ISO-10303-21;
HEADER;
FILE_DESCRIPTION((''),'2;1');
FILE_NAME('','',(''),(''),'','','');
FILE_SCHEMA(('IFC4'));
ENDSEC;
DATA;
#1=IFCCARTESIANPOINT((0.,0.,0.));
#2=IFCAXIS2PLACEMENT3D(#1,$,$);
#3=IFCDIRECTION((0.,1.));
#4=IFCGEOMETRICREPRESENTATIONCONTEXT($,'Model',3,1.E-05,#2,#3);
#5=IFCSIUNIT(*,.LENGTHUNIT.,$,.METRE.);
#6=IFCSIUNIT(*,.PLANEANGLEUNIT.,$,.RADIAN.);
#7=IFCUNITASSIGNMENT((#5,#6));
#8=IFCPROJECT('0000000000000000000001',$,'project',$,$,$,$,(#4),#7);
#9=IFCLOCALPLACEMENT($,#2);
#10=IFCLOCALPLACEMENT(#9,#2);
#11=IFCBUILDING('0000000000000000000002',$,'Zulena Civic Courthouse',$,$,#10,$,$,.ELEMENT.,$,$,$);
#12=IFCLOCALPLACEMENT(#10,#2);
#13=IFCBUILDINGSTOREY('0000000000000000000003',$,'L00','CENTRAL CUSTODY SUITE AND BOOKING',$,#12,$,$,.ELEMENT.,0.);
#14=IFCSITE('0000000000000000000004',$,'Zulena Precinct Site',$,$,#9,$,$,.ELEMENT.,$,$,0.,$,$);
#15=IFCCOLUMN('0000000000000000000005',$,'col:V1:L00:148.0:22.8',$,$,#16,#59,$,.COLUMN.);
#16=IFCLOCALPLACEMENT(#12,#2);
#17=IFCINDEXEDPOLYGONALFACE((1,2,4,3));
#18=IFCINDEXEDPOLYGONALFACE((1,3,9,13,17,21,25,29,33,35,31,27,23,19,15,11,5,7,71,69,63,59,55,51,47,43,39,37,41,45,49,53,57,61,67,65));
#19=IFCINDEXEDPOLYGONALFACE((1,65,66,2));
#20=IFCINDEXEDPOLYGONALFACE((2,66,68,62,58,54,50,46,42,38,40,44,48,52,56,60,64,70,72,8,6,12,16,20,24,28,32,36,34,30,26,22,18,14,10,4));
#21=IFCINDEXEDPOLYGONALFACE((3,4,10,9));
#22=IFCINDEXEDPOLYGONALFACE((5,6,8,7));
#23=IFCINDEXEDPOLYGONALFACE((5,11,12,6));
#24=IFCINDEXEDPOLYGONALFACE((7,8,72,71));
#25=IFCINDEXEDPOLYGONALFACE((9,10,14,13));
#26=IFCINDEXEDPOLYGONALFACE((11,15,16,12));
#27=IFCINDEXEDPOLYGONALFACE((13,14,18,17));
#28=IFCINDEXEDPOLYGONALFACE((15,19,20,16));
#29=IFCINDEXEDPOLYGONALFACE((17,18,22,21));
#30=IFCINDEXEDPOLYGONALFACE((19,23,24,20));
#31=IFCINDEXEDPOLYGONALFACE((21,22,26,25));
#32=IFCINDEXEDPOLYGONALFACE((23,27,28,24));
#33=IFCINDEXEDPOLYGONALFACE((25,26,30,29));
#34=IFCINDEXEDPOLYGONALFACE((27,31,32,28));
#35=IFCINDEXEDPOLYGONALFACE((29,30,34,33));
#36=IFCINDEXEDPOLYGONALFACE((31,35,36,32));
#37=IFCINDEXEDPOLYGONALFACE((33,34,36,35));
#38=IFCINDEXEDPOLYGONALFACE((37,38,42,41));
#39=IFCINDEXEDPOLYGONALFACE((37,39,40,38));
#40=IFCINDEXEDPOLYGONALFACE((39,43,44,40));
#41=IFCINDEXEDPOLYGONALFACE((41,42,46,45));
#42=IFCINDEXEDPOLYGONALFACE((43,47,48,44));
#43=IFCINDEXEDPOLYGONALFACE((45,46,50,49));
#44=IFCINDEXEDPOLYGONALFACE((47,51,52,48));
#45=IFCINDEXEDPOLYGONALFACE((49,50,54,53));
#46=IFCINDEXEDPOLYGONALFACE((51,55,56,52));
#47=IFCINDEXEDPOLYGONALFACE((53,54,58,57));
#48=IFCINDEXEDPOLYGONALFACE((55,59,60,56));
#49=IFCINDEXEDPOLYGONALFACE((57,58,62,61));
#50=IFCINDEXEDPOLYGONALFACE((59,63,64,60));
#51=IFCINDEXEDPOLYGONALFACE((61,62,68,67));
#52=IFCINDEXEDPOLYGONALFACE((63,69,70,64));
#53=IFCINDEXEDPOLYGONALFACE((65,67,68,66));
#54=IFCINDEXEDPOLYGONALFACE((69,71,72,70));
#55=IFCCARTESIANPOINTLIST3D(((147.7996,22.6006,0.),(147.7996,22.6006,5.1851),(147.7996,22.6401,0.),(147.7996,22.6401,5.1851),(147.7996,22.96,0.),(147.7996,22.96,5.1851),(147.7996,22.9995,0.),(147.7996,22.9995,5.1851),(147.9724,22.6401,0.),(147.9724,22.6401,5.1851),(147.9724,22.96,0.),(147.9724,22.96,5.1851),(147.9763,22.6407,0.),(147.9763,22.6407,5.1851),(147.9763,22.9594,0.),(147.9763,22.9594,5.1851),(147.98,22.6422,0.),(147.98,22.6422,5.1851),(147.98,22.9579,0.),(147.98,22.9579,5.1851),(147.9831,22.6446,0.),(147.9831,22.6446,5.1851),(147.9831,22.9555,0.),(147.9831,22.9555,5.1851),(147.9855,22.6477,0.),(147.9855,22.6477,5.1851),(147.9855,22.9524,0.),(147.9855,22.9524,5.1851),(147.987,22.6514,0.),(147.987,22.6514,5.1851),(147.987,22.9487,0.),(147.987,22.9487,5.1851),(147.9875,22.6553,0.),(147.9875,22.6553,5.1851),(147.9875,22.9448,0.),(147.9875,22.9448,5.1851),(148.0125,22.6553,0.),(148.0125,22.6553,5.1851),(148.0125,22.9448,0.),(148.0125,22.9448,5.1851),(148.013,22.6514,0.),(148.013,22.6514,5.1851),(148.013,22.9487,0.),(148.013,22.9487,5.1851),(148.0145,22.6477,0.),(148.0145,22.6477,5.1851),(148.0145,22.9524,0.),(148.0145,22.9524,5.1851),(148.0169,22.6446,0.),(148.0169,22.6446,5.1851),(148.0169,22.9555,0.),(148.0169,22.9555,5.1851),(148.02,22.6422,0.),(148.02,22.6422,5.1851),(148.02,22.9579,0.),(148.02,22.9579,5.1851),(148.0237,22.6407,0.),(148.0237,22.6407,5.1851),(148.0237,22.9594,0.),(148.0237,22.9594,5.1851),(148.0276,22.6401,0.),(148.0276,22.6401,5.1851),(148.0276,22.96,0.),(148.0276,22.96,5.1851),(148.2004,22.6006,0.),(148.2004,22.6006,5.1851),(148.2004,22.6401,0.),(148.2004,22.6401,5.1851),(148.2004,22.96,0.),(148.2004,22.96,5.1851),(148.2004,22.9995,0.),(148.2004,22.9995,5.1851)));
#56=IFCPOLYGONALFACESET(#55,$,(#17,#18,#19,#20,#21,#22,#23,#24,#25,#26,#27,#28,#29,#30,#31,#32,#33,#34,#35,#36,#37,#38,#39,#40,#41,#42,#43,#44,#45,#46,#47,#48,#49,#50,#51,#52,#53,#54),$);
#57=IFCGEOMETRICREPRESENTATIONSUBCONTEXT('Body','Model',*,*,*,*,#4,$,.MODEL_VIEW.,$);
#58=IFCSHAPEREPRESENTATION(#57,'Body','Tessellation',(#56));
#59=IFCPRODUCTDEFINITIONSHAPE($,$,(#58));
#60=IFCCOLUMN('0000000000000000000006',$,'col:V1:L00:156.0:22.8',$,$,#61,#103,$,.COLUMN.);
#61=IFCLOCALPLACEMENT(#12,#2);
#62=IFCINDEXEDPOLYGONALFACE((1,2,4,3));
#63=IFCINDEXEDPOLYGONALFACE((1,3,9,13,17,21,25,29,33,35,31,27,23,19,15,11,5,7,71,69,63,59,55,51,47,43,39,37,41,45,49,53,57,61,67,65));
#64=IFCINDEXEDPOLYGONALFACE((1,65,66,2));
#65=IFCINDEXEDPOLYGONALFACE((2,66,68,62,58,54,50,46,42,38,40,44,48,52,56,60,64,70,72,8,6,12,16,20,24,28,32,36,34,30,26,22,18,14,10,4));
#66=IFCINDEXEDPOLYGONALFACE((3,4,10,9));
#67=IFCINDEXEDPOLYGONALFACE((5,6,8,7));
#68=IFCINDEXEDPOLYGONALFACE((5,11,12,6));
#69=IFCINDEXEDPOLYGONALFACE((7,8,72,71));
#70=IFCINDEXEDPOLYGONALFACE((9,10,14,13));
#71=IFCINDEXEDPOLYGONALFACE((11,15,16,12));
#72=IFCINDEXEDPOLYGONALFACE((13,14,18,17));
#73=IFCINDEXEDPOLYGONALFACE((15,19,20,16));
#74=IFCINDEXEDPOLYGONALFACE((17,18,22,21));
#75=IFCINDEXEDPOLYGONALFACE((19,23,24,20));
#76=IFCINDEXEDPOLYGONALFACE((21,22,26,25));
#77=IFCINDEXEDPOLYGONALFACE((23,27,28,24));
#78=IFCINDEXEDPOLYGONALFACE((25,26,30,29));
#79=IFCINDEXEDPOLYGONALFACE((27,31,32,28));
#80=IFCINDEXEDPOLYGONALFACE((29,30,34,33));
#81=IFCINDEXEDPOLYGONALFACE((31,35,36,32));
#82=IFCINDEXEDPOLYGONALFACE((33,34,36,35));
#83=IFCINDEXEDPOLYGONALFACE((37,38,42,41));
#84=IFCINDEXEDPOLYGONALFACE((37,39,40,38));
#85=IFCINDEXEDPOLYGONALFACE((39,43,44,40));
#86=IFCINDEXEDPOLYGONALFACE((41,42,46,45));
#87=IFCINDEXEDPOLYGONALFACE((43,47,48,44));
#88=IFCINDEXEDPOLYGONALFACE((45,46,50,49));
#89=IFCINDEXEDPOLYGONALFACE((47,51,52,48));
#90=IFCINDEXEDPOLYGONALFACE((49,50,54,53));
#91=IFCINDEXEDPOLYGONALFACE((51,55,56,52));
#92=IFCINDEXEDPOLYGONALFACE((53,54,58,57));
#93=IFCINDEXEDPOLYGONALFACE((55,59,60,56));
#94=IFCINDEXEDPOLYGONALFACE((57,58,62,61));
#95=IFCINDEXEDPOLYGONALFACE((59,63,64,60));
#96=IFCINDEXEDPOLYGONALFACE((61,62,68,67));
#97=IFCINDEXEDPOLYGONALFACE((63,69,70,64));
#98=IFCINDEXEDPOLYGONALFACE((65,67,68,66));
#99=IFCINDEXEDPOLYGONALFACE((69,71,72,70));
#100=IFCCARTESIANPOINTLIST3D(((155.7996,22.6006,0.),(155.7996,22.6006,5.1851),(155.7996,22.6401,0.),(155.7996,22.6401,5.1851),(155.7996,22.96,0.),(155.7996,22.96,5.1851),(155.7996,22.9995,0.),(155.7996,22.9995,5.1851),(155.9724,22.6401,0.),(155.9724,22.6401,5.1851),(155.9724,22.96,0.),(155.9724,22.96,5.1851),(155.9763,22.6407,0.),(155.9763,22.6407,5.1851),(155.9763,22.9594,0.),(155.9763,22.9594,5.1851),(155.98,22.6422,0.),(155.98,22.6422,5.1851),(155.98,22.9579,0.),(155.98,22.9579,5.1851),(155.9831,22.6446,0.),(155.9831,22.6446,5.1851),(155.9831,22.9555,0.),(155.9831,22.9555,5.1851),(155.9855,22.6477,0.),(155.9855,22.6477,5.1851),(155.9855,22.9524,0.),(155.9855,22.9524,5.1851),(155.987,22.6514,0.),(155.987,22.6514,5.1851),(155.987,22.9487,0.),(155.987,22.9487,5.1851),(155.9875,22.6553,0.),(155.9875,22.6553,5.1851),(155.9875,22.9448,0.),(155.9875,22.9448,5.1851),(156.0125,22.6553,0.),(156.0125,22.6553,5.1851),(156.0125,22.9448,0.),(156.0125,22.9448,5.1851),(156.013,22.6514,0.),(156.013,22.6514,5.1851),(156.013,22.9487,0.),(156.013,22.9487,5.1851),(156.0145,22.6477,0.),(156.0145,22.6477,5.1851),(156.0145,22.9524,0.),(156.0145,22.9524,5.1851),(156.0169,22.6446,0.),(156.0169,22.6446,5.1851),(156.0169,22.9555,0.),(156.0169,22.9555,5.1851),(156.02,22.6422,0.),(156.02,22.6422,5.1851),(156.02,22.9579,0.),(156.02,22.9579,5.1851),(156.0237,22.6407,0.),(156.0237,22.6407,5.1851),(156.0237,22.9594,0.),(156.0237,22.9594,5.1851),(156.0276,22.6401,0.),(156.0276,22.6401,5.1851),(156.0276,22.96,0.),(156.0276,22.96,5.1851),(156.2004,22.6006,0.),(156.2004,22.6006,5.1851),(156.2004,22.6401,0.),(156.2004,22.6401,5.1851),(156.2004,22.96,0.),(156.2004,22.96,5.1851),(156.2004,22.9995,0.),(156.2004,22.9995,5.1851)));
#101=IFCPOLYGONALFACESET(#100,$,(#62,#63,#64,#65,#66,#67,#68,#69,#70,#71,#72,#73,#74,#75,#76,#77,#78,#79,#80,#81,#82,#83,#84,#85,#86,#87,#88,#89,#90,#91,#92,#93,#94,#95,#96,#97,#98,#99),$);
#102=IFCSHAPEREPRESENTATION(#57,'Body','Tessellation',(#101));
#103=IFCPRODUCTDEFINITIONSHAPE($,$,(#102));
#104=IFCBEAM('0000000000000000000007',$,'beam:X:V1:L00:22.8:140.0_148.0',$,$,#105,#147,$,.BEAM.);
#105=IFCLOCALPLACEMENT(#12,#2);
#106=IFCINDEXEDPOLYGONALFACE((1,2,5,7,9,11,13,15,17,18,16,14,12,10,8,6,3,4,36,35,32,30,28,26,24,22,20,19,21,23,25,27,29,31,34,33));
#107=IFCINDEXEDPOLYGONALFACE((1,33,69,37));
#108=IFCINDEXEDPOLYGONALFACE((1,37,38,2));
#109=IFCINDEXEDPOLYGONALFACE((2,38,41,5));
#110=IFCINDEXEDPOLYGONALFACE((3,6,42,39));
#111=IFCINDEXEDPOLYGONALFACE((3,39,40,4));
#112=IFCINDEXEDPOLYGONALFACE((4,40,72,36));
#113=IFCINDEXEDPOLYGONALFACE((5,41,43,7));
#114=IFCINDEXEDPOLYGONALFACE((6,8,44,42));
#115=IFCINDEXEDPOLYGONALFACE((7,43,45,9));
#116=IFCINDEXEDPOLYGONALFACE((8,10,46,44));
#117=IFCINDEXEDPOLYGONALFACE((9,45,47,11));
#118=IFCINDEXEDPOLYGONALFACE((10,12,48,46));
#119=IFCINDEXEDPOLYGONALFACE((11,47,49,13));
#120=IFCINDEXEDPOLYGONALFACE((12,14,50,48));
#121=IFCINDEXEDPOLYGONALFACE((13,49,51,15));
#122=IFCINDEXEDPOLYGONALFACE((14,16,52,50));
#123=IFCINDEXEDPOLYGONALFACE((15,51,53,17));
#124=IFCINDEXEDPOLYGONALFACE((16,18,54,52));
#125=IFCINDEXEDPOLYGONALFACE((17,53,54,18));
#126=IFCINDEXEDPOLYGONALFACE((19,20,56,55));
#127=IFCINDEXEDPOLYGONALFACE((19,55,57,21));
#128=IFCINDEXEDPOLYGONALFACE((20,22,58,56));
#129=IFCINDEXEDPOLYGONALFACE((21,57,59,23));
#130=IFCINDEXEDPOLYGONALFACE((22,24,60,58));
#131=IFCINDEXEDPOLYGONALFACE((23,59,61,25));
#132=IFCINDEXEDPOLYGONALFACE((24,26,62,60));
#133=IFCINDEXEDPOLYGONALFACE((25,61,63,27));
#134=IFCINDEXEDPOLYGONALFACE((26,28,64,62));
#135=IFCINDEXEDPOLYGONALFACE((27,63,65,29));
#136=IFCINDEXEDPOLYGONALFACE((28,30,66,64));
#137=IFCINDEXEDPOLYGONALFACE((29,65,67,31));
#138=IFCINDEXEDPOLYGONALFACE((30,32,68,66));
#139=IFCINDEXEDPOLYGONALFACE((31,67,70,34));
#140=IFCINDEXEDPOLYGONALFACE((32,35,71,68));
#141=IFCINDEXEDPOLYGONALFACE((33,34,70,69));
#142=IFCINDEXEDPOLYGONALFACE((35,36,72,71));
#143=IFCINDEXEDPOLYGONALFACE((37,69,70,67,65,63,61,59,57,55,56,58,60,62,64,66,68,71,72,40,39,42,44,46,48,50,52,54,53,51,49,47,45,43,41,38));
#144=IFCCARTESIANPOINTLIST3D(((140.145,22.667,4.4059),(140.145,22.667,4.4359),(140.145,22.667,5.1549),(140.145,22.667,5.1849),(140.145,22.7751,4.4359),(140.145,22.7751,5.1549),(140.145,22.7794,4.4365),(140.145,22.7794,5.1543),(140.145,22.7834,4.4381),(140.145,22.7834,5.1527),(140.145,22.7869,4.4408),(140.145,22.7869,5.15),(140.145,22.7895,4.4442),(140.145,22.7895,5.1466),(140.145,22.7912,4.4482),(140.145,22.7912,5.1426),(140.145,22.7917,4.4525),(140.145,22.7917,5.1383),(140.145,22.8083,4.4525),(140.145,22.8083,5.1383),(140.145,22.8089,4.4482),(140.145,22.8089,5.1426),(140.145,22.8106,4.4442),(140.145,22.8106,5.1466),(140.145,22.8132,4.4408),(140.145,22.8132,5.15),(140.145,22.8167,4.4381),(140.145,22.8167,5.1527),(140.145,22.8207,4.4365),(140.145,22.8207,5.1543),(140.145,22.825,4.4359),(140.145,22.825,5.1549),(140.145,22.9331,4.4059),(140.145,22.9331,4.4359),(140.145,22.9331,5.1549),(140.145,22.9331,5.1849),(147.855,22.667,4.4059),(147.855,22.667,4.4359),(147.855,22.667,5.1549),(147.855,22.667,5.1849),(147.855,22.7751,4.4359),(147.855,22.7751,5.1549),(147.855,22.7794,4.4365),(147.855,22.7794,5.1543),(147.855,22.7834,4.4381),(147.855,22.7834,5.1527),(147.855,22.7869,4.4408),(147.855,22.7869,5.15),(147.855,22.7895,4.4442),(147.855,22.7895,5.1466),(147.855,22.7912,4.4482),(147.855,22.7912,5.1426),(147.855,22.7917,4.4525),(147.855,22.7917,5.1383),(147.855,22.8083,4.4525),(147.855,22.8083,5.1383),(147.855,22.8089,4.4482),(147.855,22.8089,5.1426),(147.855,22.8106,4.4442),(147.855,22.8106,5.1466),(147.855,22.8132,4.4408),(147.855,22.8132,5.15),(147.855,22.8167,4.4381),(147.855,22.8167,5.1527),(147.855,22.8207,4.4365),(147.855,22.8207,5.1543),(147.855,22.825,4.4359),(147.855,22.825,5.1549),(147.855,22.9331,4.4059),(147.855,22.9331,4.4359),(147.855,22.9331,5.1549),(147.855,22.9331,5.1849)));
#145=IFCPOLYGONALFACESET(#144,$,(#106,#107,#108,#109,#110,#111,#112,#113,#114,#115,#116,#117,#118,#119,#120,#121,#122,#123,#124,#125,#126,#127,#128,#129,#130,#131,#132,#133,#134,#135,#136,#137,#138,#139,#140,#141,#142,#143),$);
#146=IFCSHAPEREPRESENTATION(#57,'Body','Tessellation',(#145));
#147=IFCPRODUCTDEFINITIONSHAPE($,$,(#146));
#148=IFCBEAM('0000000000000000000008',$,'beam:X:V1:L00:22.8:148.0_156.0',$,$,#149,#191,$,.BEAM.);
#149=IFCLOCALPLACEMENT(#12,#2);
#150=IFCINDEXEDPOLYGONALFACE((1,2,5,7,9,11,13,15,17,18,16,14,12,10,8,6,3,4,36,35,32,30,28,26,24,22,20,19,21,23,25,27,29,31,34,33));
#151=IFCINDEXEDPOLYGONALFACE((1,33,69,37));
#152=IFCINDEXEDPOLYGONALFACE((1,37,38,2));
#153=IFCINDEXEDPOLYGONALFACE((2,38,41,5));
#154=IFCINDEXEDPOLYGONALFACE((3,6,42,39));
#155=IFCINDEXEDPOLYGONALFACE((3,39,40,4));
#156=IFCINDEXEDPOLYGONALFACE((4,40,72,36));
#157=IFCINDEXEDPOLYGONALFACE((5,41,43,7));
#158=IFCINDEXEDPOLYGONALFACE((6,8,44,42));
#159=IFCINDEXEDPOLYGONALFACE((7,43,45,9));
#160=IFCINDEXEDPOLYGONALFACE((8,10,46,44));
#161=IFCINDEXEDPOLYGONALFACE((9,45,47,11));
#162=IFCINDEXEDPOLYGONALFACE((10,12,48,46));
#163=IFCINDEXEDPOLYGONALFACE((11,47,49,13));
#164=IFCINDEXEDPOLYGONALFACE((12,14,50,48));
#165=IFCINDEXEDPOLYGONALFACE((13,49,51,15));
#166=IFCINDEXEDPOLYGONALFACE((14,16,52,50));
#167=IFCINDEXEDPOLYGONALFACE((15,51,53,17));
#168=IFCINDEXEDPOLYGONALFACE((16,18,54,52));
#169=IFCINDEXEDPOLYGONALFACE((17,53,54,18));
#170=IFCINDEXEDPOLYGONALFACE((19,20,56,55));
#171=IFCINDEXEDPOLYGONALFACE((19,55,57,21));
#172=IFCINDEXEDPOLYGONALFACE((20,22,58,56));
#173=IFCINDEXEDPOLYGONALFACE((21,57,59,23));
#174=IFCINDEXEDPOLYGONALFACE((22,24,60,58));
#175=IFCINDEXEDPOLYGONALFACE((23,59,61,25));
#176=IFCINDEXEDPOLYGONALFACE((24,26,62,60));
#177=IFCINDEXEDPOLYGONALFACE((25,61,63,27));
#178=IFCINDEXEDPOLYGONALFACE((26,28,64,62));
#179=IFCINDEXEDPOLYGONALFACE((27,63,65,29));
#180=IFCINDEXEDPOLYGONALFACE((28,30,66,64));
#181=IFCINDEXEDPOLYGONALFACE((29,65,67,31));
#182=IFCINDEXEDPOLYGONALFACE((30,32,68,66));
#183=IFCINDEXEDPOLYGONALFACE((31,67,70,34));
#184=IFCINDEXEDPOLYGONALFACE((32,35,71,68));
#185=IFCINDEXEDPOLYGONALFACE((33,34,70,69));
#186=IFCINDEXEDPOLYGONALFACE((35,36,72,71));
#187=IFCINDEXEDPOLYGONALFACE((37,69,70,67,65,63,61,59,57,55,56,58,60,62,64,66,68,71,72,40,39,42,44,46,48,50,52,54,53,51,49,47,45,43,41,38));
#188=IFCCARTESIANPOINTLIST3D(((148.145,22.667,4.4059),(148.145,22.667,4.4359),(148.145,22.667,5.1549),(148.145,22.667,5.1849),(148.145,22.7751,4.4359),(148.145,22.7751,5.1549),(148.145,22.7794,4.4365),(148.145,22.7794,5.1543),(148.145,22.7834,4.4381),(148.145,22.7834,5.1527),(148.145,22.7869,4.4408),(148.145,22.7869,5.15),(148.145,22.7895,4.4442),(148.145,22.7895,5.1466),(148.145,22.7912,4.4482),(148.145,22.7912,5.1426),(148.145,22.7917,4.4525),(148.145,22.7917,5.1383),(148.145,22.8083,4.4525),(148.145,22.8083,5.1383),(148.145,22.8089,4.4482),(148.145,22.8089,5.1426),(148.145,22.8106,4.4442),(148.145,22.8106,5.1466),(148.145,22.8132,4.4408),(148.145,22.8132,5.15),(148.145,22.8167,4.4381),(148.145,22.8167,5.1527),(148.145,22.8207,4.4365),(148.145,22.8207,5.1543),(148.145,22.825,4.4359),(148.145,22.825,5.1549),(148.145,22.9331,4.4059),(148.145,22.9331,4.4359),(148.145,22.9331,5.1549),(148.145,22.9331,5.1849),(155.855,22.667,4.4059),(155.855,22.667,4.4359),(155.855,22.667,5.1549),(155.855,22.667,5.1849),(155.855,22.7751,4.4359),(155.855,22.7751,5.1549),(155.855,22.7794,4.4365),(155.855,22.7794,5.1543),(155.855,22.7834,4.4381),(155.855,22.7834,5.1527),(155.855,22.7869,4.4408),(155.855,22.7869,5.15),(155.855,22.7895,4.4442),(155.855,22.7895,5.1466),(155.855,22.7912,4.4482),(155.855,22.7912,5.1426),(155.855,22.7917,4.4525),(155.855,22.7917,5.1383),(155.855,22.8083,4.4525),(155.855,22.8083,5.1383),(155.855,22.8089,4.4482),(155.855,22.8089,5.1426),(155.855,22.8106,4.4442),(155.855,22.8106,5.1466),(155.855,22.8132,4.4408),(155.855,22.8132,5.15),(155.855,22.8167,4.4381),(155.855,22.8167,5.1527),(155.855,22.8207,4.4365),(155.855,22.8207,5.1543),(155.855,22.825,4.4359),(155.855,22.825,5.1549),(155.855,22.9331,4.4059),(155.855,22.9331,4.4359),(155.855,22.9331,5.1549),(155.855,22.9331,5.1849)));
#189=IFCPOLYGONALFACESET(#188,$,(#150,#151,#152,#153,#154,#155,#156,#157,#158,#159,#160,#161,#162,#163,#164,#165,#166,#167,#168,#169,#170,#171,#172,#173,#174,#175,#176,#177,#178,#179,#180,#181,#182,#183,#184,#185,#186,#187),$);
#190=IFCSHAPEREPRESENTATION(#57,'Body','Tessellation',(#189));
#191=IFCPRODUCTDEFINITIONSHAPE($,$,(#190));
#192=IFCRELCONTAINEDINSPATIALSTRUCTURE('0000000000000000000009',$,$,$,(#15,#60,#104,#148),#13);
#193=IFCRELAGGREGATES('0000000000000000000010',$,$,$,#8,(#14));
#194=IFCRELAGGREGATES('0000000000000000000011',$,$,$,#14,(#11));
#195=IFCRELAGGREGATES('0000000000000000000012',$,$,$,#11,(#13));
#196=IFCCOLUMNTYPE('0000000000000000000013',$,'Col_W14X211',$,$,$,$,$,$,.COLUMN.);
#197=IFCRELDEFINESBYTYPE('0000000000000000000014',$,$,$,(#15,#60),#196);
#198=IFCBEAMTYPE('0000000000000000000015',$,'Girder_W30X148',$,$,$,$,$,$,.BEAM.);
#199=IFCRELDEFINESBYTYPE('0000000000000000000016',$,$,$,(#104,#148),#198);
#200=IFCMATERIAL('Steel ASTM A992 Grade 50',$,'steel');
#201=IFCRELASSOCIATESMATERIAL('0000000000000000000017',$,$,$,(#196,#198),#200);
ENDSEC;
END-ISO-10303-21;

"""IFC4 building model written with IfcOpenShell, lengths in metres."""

from ifc_helpers import new_model, si_unit, direction, frame, origin, origin_2d, place, context, subcontext, project, spatial, i_section, extrude, material, material_profile, profile_set, type_object, element, save


model = new_model("IFC4")

# Units and contexts
model_context = context("Model", 3, precision=1e-05, world=origin(), true_north=direction((0.0, 1.0)))
body_context = subcontext(model_context, "Body", "Model", "MODEL_VIEW")
ifc_project = project(units=[si_unit("LENGTHUNIT", "METRE"), si_unit("PLANEANGLEUNIT", "RADIAN")], contexts=[model_context])

# Site, building, storey
site_placement = place(None, origin())
site = spatial("IfcSite", under=ifc_project, at=site_placement, Name="Zulena Precinct Site", CompositionType="ELEMENT", RefElevation=0.0)
building_placement = place(site_placement, origin())
building = spatial("IfcBuilding", under=site, at=building_placement, Name="Zulena Civic Courthouse", CompositionType="ELEMENT")
storey_placement = place(building_placement, origin())
storey = spatial("IfcBuildingStorey", under=building, at=storey_placement, Name="L00", Description="CENTRAL CUSTODY SUITE AND BOOKING", CompositionType="ELEMENT", Elevation=0.0)

# Columns
ifc_material_1 = material(Name="Steel ASTM A992 Grade 50", Category="steel")
ifc_material_profile_1 = material_profile(ifc_material_1, i_section(OverallWidth=0.4009, OverallDepth=0.3989, WebThickness=0.0249, FlangeThickness=0.0396, FilletRadius=0.0151, at=origin_2d()), Name="W14X211")
ifc_profile_set_1 = profile_set([ifc_material_profile_1], Name="Steel ASTM A992 Grade 50")
column_type = type_object("IfcColumnType", Name="Col_W14X211", PredefinedType="COLUMN", material=ifc_profile_set_1)
for number, where, z_axis, x_axis, name in (
    (1, (148.0, 22.8, 0.0), (0.0, 0.0, 1.0), (1.0, 0.0, 0.0), "col:V1:L00:148.0:22.8"),
    (2, (156.0, 22.8, 0.0), (0.0, 0.0, 1.0), (1.0, 0.0, 0.0), "col:V1:L00:156.0:22.8"),
):
    element("IfcColumn", number, at=place(storey_placement, frame(where, z_axis=z_axis, x_axis=x_axis)), inside=storey, type_object=column_type, Name=name, PredefinedType="COLUMN", context=body_context, shape_type="SweptSolid", body=[
        extrude(i_section(OverallWidth=0.4009, OverallDepth=0.3989, WebThickness=0.0249, FlangeThickness=0.0396, FilletRadius=0.0151, at=origin_2d()), origin(), (0.0, 0.0, 1.0), 5.1851),
    ])

# Beams
ifc_material_profile_2 = material_profile(ifc_material_1, i_section(OverallWidth=0.2661, OverallDepth=0.7791, WebThickness=0.0166, FlangeThickness=0.03, FilletRadius=0.0166, at=origin_2d()), Name="W30X148")
ifc_profile_set_2 = profile_set([ifc_material_profile_2], Name="Steel ASTM A992 Grade 50")
beam_type_1 = type_object("IfcBeamType", Name="Girder_W30X148", PredefinedType="BEAM", material=ifc_profile_set_2)
for number, where, z_axis, x_axis, name in (
    (3, (140.145, 22.8, 4.7954), (1.0, 0.0, 0.0), (0.0, 1.0, 0.0), "beam:X:V1:L00:22.8:140.0_148.0"),
    (4, (148.145, 22.8, 4.7954), (1.0, 0.0, 0.0), (0.0, 1.0, 0.0), "beam:X:V1:L00:22.8:148.0_156.0"),
):
    element("IfcBeam", number, at=place(storey_placement, frame(where, z_axis=z_axis, x_axis=x_axis)), inside=storey, type_object=beam_type_1, Name=name, PredefinedType="BEAM", context=body_context, shape_type="SweptSolid", body=[
        extrude(i_section(OverallWidth=0.2661, OverallDepth=0.7791, WebThickness=0.0166, FlangeThickness=0.03, FilletRadius=0.0166, at=origin_2d()), origin(), (0.0, 0.0, 1.0), 7.71),
    ])

save(model, "model.ifc")
